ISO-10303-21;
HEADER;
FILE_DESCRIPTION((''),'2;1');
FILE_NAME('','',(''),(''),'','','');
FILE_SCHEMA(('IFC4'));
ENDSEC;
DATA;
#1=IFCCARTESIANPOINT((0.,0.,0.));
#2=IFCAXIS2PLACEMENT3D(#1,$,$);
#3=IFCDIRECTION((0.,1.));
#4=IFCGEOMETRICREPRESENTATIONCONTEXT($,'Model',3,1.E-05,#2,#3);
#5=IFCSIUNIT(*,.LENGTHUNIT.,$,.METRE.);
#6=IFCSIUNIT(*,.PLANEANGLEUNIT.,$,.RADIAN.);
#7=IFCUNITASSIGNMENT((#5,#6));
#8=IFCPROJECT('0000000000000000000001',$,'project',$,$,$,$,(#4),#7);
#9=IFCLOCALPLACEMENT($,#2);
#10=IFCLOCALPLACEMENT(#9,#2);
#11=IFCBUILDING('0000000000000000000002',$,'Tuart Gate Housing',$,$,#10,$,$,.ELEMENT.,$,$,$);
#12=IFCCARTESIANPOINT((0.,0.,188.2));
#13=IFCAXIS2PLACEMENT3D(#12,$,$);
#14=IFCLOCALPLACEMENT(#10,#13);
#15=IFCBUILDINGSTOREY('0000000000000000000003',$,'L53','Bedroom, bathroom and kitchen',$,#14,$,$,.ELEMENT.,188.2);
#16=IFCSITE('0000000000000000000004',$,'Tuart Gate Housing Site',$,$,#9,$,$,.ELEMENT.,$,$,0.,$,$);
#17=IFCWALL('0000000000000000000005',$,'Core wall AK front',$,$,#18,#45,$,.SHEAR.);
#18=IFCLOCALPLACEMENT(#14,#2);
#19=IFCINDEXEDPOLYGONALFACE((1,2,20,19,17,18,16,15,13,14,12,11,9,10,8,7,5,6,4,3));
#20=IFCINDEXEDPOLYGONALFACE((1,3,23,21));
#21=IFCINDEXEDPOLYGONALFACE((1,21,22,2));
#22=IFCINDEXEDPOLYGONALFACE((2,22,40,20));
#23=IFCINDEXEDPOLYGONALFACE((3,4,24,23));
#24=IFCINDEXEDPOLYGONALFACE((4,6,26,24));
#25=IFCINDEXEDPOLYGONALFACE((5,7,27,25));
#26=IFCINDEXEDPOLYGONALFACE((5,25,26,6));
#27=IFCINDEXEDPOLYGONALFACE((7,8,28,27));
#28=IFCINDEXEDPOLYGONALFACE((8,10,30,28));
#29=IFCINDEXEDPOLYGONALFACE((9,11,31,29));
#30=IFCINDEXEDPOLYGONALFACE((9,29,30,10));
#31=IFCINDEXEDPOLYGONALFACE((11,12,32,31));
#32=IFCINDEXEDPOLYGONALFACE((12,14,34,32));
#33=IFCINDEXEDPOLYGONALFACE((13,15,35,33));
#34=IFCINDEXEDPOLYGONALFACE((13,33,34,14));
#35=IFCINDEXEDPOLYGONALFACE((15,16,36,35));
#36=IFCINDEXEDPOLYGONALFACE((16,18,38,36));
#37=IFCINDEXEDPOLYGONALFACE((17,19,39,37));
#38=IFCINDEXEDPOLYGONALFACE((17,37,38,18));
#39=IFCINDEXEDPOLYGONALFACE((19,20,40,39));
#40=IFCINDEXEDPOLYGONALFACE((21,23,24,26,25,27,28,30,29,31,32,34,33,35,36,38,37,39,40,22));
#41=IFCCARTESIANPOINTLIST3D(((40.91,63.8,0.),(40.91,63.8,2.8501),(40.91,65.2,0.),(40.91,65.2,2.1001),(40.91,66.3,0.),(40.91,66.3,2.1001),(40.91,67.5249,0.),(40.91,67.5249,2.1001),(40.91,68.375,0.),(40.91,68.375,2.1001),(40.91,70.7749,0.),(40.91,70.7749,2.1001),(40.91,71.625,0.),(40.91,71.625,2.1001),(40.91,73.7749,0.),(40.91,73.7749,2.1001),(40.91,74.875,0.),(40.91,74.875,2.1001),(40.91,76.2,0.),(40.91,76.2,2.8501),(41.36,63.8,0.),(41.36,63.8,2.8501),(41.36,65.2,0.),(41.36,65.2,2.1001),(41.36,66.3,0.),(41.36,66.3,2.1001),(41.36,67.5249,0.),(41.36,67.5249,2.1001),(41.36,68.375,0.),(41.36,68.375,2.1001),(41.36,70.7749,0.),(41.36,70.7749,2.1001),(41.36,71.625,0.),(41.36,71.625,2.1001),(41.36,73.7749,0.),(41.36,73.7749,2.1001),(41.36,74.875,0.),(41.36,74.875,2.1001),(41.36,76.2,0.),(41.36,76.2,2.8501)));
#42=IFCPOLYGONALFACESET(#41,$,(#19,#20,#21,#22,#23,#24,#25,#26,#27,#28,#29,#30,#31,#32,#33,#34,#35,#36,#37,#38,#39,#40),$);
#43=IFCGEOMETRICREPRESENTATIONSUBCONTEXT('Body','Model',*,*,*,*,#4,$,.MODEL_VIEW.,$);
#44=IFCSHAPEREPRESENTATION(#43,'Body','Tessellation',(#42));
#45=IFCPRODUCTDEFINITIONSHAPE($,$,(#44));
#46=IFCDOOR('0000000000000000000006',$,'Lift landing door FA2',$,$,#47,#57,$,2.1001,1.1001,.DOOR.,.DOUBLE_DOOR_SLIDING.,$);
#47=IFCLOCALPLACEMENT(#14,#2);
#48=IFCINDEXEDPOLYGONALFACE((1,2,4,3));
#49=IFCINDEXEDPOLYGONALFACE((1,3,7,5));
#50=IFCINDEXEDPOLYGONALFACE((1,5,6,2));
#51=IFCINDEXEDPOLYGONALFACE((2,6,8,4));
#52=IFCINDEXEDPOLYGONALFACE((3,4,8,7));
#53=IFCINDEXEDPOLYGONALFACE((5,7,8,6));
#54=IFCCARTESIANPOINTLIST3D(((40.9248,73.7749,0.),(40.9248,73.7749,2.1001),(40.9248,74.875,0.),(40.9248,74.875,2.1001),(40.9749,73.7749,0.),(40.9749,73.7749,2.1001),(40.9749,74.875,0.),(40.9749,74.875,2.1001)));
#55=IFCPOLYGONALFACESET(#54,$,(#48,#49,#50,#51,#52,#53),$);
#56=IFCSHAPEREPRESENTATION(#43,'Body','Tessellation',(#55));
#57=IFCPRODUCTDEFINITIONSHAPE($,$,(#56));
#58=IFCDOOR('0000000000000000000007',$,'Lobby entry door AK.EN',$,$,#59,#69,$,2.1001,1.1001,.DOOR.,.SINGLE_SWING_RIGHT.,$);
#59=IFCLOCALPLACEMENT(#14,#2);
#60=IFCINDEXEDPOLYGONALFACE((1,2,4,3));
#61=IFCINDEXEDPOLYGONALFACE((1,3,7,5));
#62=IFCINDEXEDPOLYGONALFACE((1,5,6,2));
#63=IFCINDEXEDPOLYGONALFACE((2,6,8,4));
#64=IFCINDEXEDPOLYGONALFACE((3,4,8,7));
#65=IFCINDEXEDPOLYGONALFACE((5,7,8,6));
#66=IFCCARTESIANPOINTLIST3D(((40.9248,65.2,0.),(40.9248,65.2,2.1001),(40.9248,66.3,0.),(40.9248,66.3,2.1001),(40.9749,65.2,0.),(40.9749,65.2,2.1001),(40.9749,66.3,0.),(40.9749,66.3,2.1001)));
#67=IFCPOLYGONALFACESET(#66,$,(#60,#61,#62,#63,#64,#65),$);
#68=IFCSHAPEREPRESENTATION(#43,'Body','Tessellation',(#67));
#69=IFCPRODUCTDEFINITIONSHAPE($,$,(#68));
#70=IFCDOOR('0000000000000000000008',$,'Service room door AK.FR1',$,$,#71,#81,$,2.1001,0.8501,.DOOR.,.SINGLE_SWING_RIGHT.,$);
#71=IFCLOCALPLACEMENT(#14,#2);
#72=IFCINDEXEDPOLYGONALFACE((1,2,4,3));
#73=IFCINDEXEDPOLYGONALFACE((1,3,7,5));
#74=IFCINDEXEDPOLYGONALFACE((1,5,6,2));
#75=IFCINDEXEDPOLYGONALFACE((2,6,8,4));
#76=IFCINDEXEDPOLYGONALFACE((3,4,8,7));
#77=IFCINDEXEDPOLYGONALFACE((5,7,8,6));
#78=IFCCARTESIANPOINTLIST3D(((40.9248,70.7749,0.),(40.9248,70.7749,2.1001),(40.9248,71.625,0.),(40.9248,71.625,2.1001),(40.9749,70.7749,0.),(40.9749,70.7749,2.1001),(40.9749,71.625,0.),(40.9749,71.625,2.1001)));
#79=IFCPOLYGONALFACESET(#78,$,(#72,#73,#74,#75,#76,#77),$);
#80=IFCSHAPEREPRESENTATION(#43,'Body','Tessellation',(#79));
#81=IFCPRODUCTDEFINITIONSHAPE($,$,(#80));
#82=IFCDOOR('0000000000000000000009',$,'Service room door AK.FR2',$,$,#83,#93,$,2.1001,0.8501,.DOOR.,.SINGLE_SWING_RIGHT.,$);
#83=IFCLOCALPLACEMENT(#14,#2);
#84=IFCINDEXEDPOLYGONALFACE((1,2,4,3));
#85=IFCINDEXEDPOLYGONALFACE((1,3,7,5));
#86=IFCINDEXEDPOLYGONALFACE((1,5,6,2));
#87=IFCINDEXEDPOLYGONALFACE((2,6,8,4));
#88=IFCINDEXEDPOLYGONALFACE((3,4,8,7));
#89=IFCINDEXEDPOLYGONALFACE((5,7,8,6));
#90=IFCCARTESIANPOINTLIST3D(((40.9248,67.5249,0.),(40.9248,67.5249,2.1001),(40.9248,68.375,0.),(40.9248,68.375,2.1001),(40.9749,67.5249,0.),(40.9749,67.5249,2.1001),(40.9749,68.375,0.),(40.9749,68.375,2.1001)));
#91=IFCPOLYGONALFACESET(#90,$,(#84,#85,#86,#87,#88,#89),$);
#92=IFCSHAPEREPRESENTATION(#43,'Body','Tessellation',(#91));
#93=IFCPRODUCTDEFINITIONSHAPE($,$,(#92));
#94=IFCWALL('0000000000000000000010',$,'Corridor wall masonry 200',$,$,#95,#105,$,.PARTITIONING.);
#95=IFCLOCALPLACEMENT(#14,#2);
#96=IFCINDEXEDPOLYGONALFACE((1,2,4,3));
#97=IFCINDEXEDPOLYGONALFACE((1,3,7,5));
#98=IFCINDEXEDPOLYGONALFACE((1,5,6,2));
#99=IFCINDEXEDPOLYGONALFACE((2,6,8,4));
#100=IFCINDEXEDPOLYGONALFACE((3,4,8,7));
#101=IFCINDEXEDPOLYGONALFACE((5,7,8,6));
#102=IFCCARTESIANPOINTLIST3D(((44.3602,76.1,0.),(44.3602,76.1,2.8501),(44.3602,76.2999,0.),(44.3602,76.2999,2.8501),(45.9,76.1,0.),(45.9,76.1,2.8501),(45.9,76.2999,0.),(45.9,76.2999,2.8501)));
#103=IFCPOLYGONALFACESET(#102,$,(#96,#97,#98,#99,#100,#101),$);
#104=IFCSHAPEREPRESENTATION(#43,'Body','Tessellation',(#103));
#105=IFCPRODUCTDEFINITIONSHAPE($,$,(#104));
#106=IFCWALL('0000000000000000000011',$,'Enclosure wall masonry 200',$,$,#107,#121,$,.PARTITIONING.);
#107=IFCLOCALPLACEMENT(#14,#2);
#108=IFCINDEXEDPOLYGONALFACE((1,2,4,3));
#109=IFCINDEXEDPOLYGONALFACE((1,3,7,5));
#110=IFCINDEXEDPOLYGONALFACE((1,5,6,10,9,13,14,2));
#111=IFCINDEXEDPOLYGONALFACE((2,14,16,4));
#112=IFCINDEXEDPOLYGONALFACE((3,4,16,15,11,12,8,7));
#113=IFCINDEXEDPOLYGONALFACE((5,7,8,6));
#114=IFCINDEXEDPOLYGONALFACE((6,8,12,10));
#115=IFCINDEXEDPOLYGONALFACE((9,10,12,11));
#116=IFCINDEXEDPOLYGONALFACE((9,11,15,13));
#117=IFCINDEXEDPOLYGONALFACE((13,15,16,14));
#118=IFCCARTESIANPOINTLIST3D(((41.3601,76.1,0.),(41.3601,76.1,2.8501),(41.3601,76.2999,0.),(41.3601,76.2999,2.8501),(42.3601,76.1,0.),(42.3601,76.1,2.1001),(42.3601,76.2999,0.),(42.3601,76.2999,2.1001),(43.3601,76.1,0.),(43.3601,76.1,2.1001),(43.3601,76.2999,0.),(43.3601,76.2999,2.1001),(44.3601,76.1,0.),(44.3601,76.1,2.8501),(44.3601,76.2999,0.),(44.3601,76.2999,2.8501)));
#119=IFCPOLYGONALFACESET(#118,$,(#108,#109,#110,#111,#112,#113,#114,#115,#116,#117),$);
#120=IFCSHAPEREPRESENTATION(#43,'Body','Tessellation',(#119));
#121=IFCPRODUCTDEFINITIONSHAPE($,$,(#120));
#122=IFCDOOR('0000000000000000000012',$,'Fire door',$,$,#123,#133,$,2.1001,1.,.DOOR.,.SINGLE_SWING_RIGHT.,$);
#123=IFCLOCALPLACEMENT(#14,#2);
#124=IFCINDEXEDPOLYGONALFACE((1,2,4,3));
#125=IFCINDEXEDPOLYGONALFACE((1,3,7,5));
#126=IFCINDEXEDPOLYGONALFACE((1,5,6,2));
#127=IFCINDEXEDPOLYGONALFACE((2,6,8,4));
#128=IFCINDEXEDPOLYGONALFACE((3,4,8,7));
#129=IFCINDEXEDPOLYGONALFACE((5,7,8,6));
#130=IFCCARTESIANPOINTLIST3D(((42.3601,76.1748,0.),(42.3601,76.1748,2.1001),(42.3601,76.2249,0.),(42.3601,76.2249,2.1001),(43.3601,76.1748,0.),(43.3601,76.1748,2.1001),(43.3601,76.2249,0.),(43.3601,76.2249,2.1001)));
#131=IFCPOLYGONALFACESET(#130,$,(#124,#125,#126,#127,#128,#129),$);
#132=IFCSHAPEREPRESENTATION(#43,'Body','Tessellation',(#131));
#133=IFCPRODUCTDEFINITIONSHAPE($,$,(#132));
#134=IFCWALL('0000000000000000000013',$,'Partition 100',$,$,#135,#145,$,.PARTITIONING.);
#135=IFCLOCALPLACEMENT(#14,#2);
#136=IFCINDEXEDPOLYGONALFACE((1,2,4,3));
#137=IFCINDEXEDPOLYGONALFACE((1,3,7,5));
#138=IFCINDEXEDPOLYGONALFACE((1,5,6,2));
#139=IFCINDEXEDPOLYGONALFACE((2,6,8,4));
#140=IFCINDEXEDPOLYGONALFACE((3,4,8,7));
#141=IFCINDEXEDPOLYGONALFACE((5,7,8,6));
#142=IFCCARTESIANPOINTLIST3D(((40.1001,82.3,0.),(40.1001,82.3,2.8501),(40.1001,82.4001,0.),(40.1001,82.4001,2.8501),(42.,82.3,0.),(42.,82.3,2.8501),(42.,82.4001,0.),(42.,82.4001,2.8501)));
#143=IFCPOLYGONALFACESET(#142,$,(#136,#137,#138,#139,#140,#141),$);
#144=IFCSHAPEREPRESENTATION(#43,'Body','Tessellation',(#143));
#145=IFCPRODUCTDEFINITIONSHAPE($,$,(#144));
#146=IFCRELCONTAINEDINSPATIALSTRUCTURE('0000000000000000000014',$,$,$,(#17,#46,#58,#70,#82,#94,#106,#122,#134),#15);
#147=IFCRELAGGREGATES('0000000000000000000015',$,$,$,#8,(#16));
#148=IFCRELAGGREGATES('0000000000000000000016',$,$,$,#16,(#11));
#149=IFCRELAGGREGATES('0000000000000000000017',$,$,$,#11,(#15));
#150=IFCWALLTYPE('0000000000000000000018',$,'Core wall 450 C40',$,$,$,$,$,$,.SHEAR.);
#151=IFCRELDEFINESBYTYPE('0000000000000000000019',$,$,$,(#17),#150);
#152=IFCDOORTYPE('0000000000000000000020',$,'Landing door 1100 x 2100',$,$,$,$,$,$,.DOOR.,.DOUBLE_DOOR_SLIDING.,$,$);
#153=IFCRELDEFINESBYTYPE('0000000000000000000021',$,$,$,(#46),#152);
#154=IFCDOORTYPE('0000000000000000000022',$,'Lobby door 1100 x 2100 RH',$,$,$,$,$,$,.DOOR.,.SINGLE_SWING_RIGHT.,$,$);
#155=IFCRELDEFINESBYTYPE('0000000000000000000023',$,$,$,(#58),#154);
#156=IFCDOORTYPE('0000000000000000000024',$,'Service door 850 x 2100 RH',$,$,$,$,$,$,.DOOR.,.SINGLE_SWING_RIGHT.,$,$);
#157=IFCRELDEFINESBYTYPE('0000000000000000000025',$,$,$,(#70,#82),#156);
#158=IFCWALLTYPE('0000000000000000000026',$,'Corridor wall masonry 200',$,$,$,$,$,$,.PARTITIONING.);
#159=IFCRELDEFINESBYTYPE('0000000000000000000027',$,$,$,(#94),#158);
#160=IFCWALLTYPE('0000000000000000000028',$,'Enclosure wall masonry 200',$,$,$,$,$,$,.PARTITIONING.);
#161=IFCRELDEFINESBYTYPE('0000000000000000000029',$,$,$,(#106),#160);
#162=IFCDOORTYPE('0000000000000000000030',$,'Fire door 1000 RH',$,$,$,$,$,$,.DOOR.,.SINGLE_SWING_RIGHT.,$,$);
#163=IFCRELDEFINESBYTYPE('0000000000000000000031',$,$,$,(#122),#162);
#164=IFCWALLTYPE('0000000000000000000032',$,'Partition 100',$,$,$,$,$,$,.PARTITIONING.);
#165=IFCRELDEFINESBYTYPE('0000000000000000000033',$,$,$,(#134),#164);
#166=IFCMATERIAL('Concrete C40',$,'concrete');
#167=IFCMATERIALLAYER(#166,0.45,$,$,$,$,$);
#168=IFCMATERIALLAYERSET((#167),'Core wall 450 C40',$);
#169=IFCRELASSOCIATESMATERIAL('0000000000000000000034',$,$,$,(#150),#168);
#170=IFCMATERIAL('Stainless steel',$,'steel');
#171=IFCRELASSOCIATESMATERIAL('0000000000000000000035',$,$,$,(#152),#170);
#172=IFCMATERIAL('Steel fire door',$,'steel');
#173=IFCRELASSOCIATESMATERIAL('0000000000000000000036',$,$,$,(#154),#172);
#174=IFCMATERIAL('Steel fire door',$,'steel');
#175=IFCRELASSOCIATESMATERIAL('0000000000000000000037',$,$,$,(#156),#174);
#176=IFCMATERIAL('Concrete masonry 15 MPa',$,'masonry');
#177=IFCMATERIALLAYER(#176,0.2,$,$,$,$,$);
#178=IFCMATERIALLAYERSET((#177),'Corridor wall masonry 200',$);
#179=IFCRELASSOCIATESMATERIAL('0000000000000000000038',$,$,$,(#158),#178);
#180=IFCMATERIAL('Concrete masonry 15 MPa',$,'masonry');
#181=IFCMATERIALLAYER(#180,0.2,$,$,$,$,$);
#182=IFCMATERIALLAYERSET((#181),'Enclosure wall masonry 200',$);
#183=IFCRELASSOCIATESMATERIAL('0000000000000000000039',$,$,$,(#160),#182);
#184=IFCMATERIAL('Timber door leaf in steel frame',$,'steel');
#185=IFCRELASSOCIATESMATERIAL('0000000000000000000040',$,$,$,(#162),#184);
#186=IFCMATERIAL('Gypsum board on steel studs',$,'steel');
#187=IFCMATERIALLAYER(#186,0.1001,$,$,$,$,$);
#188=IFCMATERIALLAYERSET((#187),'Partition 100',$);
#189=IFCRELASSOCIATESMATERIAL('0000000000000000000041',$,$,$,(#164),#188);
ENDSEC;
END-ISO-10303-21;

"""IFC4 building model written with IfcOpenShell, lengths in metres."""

from ifc_helpers import new_model, si_unit, direction, frame, frame_2d, origin, place, context, subcontext, project, spatial, rectangle, extrude, material, layer, layer_set, type_object, element, fill, save


model = new_model("IFC4")

# Units and contexts
model_context = context("Model", 3, precision=1e-05, world=origin(), true_north=direction((0.0, 1.0)))
body_context = subcontext(model_context, "Body", "Model", "MODEL_VIEW")
ifc_project = project(units=[si_unit("LENGTHUNIT", "METRE"), si_unit("PLANEANGLEUNIT", "RADIAN")], contexts=[model_context])

# Site, building, storey
site_placement = place(None, origin())
site = spatial("IfcSite", under=ifc_project, at=site_placement, Name="Tuart Gate Housing Site", CompositionType="ELEMENT", RefElevation=0.0)
building_placement = place(site_placement, origin())
building = spatial("IfcBuilding", under=site, at=building_placement, Name="Tuart Gate Housing", CompositionType="ELEMENT")
storey_placement = place(building_placement, frame((0.0, 0.0, 188.2)))
storey = spatial("IfcBuildingStorey", under=building, at=storey_placement, Name="L53", Description="Bedroom, bathroom and kitchen", CompositionType="ELEMENT", Elevation=188.2)

# Wall, openings, doors
ifc_material_1 = material(Name="Concrete C40", Category="concrete")
ifc_layer_1 = layer(ifc_material_1, 0.45)
ifc_layer_set_1 = layer_set([ifc_layer_1], Name="Core wall 450 C40")
wall_type_1 = type_object("IfcWallType", Name="Core wall 450 C40", PredefinedType="SHEAR", material=ifc_layer_set_1)
wall_1_placement = place(storey_placement, frame((41.135, 76.2, 0.0), z_axis=(0.0, 0.0, 1.0), x_axis=(0.0, -1.0, 0.0)))
wall_1 = element("IfcWall", 1, at=wall_1_placement, inside=storey, type_object=wall_type_1, Name="Core wall AK front", PredefinedType="SHEAR", context=body_context, shape_type="SweptSolid", body=[
    extrude(rectangle(XDim=12.3999, YDim=0.45, at=frame_2d((6.2, 0.0))), origin(), (0.0, 0.0, 1.0), 2.8501),
])
opening_1_placement = place(wall_1_placement, frame((1.325, 0.0, 0.0)))
opening_1 = element("IfcOpeningElement", 2, at=opening_1_placement, cuts=wall_1, PredefinedType="OPENING", context=body_context, shape_type="SweptSolid", body=[
    extrude(rectangle(XDim=1.1001, YDim=2.1001, at=frame_2d((0.55, 1.05))), frame((0.0, 0.2349, 0.0), z_axis=(0.0, -1.0, 0.0), x_axis=(1.0, 0.0, 0.0)), (0.0, 0.0, 1.0), 0.47),
])
opening_2_placement = place(wall_1_placement, frame((4.575, 0.0, 0.0)))
opening_2 = element("IfcOpeningElement", 3, at=opening_2_placement, cuts=wall_1, PredefinedType="OPENING", context=body_context, shape_type="SweptSolid", body=[
    extrude(rectangle(XDim=0.8501, YDim=2.1001, at=frame_2d((0.425, 1.05))), frame((0.0, 0.2349, 0.0), z_axis=(0.0, -1.0, 0.0), x_axis=(1.0, 0.0, 0.0)), (0.0, 0.0, 1.0), 0.47),
])
opening_3_placement = place(wall_1_placement, frame((7.825, 0.0, 0.0)))
opening_3 = element("IfcOpeningElement", 4, at=opening_3_placement, cuts=wall_1, PredefinedType="OPENING", context=body_context, shape_type="SweptSolid", body=[
    extrude(rectangle(XDim=0.8501, YDim=2.1001, at=frame_2d((0.425, 1.05))), frame((0.0, 0.2349, 0.0), z_axis=(0.0, -1.0, 0.0), x_axis=(1.0, 0.0, 0.0)), (0.0, 0.0, 1.0), 0.47),
])
opening_4_placement = place(wall_1_placement, frame((9.8999, 0.0, 0.0)))
opening_4 = element("IfcOpeningElement", 5, at=opening_4_placement, cuts=wall_1, PredefinedType="OPENING", context=body_context, shape_type="SweptSolid", body=[
    extrude(rectangle(XDim=1.1001, YDim=2.1001, at=frame_2d((0.55, 1.05))), frame((0.0, 0.2349, 0.0), z_axis=(0.0, -1.0, 0.0), x_axis=(1.0, 0.0, 0.0)), (0.0, 0.0, 1.0), 0.47),
])
ifc_material_2 = material(Name="Stainless steel", Category="steel")
door_type_1 = type_object("IfcDoorType", Name="Landing door 1100 x 2100", OperationType="DOUBLE_DOOR_SLIDING", PredefinedType="DOOR", material=ifc_material_2)
door_1_placement = place(opening_1_placement, origin())
door_1 = element("IfcDoor", 6, at=door_1_placement, inside=storey, type_object=door_type_1, Name="Lift landing door FA2", OperationType="DOUBLE_DOOR_SLIDING", OverallHeight=2.1001, OverallWidth=1.1001, PredefinedType="DOOR", context=body_context, shape_type="SweptSolid", body=[
    extrude(rectangle(XDim=1.1001, YDim=2.1001, at=frame_2d((0.55, 1.05))), frame((0.0, -0.1602, 0.0), z_axis=(0.0, -1.0, 0.0), x_axis=(1.0, 0.0, 0.0)), (0.0, 0.0, 1.0), 0.05),
])
fill(opening_1, door_1)
ifc_material_3 = material(Name="Steel fire door", Category="steel")
door_type_2 = type_object("IfcDoorType", Name="Lobby door 1100 x 2100 RH", OperationType="SINGLE_SWING_RIGHT", PredefinedType="DOOR", material=ifc_material_3)
door_2_placement = place(opening_4_placement, frame((1.1001, 0.0, 0.0), z_axis=(0.0, 0.0, 1.0), x_axis=(-1.0, 0.0, 0.0)))
door_2 = element("IfcDoor", 7, at=door_2_placement, inside=storey, type_object=door_type_2, Name="Lobby entry door AK.EN", OperationType="SINGLE_SWING_RIGHT", OverallHeight=2.1001, OverallWidth=1.1001, PredefinedType="DOOR", context=body_context, shape_type="SweptSolid", body=[
    extrude(rectangle(XDim=1.1001, YDim=2.1001, at=frame_2d((0.55, 1.05))), frame((0.0, 0.2102, 0.0), z_axis=(0.0, -1.0, 0.0), x_axis=(1.0, 0.0, 0.0)), (0.0, 0.0, 1.0), 0.05),
])
fill(opening_4, door_2)
ifc_material_4 = material(Name="Steel fire door", Category="steel")
door_type_3 = type_object("IfcDoorType", Name="Service door 850 x 2100 RH", OperationType="SINGLE_SWING_RIGHT", PredefinedType="DOOR", material=ifc_material_4)
door_3_placement = place(opening_2_placement, frame((0.8501, 0.0, 0.0), z_axis=(0.0, 0.0, 1.0), x_axis=(-1.0, 0.0, 0.0)))
door_3 = element("IfcDoor", 8, at=door_3_placement, inside=storey, type_object=door_type_3, Name="Service room door AK.FR1", OperationType="SINGLE_SWING_RIGHT", OverallHeight=2.1001, OverallWidth=0.8501, PredefinedType="DOOR", context=body_context, shape_type="SweptSolid", body=[
    extrude(rectangle(XDim=0.8501, YDim=2.1001, at=frame_2d((0.425, 1.05))), frame((0.0, 0.2102, 0.0), z_axis=(0.0, -1.0, 0.0), x_axis=(1.0, 0.0, 0.0)), (0.0, 0.0, 1.0), 0.05),
])
fill(opening_2, door_3)
door_4_placement = place(opening_3_placement, frame((0.8501, 0.0, 0.0), z_axis=(0.0, 0.0, 1.0), x_axis=(-1.0, 0.0, 0.0)))
door_4 = element("IfcDoor", 9, at=door_4_placement, inside=storey, type_object=door_type_3, Name="Service room door AK.FR2", OperationType="SINGLE_SWING_RIGHT", OverallHeight=2.1001, OverallWidth=0.8501, PredefinedType="DOOR", context=body_context, shape_type="SweptSolid", body=[
    extrude(rectangle(XDim=0.8501, YDim=2.1001, at=frame_2d((0.425, 1.05))), frame((0.0, 0.2102, 0.0), z_axis=(0.0, -1.0, 0.0), x_axis=(1.0, 0.0, 0.0)), (0.0, 0.0, 1.0), 0.05),
])
fill(opening_3, door_4)

# Wall
ifc_material_5 = material(Name="Concrete masonry 15 MPa", Category="masonry")
ifc_layer_2 = layer(ifc_material_5, 0.2)
ifc_layer_set_2 = layer_set([ifc_layer_2], Name="Corridor wall masonry 200")
wall_type_2 = type_object("IfcWallType", Name="Corridor wall masonry 200", PredefinedType="PARTITIONING", material=ifc_layer_set_2)
wall_2_placement = place(storey_placement, frame((44.3601, 76.2, 0.0), z_axis=(0.0, 0.0, 1.0), x_axis=(1.0, 0.0, 0.0)))
element("IfcWall", 10, at=wall_2_placement, inside=storey, type_object=wall_type_2, Name="Corridor wall masonry 200", PredefinedType="PARTITIONING", context=body_context, shape_type="SweptSolid", body=[
    extrude(rectangle(XDim=1.5398, YDim=0.2, at=frame_2d((0.77, 0.0))), origin(), (0.0, 0.0, 1.0), 2.8501),
])

# Wall, opening, door
ifc_material_6 = material(Name="Concrete masonry 15 MPa", Category="masonry")
ifc_layer_3 = layer(ifc_material_6, 0.2)
ifc_layer_set_3 = layer_set([ifc_layer_3], Name="Enclosure wall masonry 200")
wall_type_3 = type_object("IfcWallType", Name="Enclosure wall masonry 200", PredefinedType="PARTITIONING", material=ifc_layer_set_3)
wall_3_placement = place(storey_placement, frame((41.3601, 76.2, 0.0), z_axis=(0.0, 0.0, 1.0), x_axis=(1.0, 0.0, 0.0)))
wall_3 = element("IfcWall", 11, at=wall_3_placement, inside=storey, type_object=wall_type_3, Name="Enclosure wall masonry 200", PredefinedType="PARTITIONING", context=body_context, shape_type="SweptSolid", body=[
    extrude(rectangle(XDim=3.0, YDim=0.2, at=frame_2d((1.5, 0.0))), origin(), (0.0, 0.0, 1.0), 2.8501),
])
opening_5_placement = place(wall_3_placement, frame((1.0, 0.0, 0.0)))
opening_5 = element("IfcOpeningElement", 12, at=opening_5_placement, cuts=wall_3, PredefinedType="OPENING", context=body_context, shape_type="SweptSolid", body=[
    extrude(rectangle(XDim=1.0, YDim=2.1001, at=frame_2d((0.5, 1.05))), frame((0.0, 0.1099, 0.0), z_axis=(0.0, -1.0, 0.0), x_axis=(1.0, 0.0, 0.0)), (0.0, 0.0, 1.0), 0.22),
])
ifc_material_7 = material(Name="Timber door leaf in steel frame", Category="steel")
door_type_4 = type_object("IfcDoorType", Name="Fire door 1000 RH", OperationType="SINGLE_SWING_RIGHT", PredefinedType="DOOR", material=ifc_material_7)
door_5_placement = place(opening_5_placement, origin())
door_5 = element("IfcDoor", 13, at=door_5_placement, inside=storey, type_object=door_type_4, Name="Fire door", OperationType="SINGLE_SWING_RIGHT", OverallHeight=2.1001, OverallWidth=1.0, PredefinedType="DOOR", context=body_context, shape_type="SweptSolid", body=[
    extrude(rectangle(XDim=1.0, YDim=2.1001, at=frame_2d((0.5, 1.05))), frame((0.0, 0.0249, 0.0), z_axis=(0.0, -1.0, 0.0), x_axis=(1.0, 0.0, 0.0)), (0.0, 0.0, 1.0), 0.05),
])
fill(opening_5, door_5)

# Wall
ifc_material_8 = material(Name="Gypsum board on steel studs", Category="steel")
ifc_layer_4 = layer(ifc_material_8, 0.1001)
ifc_layer_set_4 = layer_set([ifc_layer_4], Name="Partition 100")
wall_type_4 = type_object("IfcWallType", Name="Partition 100", PredefinedType="PARTITIONING", material=ifc_layer_set_4)
wall_4_placement = place(storey_placement, frame((40.1001, 82.3501, 0.0), z_axis=(0.0, 0.0, 1.0), x_axis=(1.0, 0.0, 0.0)))
element("IfcWall", 14, at=wall_4_placement, inside=storey, type_object=wall_type_4, Name="Partition 100", PredefinedType="PARTITIONING", context=body_context, shape_type="SweptSolid", body=[
    extrude(rectangle(XDim=1.8999, YDim=0.1001, at=frame_2d((0.95, 0.0))), origin(), (0.0, 0.0, 1.0), 2.8501),
])

save(model, "model.ifc")
